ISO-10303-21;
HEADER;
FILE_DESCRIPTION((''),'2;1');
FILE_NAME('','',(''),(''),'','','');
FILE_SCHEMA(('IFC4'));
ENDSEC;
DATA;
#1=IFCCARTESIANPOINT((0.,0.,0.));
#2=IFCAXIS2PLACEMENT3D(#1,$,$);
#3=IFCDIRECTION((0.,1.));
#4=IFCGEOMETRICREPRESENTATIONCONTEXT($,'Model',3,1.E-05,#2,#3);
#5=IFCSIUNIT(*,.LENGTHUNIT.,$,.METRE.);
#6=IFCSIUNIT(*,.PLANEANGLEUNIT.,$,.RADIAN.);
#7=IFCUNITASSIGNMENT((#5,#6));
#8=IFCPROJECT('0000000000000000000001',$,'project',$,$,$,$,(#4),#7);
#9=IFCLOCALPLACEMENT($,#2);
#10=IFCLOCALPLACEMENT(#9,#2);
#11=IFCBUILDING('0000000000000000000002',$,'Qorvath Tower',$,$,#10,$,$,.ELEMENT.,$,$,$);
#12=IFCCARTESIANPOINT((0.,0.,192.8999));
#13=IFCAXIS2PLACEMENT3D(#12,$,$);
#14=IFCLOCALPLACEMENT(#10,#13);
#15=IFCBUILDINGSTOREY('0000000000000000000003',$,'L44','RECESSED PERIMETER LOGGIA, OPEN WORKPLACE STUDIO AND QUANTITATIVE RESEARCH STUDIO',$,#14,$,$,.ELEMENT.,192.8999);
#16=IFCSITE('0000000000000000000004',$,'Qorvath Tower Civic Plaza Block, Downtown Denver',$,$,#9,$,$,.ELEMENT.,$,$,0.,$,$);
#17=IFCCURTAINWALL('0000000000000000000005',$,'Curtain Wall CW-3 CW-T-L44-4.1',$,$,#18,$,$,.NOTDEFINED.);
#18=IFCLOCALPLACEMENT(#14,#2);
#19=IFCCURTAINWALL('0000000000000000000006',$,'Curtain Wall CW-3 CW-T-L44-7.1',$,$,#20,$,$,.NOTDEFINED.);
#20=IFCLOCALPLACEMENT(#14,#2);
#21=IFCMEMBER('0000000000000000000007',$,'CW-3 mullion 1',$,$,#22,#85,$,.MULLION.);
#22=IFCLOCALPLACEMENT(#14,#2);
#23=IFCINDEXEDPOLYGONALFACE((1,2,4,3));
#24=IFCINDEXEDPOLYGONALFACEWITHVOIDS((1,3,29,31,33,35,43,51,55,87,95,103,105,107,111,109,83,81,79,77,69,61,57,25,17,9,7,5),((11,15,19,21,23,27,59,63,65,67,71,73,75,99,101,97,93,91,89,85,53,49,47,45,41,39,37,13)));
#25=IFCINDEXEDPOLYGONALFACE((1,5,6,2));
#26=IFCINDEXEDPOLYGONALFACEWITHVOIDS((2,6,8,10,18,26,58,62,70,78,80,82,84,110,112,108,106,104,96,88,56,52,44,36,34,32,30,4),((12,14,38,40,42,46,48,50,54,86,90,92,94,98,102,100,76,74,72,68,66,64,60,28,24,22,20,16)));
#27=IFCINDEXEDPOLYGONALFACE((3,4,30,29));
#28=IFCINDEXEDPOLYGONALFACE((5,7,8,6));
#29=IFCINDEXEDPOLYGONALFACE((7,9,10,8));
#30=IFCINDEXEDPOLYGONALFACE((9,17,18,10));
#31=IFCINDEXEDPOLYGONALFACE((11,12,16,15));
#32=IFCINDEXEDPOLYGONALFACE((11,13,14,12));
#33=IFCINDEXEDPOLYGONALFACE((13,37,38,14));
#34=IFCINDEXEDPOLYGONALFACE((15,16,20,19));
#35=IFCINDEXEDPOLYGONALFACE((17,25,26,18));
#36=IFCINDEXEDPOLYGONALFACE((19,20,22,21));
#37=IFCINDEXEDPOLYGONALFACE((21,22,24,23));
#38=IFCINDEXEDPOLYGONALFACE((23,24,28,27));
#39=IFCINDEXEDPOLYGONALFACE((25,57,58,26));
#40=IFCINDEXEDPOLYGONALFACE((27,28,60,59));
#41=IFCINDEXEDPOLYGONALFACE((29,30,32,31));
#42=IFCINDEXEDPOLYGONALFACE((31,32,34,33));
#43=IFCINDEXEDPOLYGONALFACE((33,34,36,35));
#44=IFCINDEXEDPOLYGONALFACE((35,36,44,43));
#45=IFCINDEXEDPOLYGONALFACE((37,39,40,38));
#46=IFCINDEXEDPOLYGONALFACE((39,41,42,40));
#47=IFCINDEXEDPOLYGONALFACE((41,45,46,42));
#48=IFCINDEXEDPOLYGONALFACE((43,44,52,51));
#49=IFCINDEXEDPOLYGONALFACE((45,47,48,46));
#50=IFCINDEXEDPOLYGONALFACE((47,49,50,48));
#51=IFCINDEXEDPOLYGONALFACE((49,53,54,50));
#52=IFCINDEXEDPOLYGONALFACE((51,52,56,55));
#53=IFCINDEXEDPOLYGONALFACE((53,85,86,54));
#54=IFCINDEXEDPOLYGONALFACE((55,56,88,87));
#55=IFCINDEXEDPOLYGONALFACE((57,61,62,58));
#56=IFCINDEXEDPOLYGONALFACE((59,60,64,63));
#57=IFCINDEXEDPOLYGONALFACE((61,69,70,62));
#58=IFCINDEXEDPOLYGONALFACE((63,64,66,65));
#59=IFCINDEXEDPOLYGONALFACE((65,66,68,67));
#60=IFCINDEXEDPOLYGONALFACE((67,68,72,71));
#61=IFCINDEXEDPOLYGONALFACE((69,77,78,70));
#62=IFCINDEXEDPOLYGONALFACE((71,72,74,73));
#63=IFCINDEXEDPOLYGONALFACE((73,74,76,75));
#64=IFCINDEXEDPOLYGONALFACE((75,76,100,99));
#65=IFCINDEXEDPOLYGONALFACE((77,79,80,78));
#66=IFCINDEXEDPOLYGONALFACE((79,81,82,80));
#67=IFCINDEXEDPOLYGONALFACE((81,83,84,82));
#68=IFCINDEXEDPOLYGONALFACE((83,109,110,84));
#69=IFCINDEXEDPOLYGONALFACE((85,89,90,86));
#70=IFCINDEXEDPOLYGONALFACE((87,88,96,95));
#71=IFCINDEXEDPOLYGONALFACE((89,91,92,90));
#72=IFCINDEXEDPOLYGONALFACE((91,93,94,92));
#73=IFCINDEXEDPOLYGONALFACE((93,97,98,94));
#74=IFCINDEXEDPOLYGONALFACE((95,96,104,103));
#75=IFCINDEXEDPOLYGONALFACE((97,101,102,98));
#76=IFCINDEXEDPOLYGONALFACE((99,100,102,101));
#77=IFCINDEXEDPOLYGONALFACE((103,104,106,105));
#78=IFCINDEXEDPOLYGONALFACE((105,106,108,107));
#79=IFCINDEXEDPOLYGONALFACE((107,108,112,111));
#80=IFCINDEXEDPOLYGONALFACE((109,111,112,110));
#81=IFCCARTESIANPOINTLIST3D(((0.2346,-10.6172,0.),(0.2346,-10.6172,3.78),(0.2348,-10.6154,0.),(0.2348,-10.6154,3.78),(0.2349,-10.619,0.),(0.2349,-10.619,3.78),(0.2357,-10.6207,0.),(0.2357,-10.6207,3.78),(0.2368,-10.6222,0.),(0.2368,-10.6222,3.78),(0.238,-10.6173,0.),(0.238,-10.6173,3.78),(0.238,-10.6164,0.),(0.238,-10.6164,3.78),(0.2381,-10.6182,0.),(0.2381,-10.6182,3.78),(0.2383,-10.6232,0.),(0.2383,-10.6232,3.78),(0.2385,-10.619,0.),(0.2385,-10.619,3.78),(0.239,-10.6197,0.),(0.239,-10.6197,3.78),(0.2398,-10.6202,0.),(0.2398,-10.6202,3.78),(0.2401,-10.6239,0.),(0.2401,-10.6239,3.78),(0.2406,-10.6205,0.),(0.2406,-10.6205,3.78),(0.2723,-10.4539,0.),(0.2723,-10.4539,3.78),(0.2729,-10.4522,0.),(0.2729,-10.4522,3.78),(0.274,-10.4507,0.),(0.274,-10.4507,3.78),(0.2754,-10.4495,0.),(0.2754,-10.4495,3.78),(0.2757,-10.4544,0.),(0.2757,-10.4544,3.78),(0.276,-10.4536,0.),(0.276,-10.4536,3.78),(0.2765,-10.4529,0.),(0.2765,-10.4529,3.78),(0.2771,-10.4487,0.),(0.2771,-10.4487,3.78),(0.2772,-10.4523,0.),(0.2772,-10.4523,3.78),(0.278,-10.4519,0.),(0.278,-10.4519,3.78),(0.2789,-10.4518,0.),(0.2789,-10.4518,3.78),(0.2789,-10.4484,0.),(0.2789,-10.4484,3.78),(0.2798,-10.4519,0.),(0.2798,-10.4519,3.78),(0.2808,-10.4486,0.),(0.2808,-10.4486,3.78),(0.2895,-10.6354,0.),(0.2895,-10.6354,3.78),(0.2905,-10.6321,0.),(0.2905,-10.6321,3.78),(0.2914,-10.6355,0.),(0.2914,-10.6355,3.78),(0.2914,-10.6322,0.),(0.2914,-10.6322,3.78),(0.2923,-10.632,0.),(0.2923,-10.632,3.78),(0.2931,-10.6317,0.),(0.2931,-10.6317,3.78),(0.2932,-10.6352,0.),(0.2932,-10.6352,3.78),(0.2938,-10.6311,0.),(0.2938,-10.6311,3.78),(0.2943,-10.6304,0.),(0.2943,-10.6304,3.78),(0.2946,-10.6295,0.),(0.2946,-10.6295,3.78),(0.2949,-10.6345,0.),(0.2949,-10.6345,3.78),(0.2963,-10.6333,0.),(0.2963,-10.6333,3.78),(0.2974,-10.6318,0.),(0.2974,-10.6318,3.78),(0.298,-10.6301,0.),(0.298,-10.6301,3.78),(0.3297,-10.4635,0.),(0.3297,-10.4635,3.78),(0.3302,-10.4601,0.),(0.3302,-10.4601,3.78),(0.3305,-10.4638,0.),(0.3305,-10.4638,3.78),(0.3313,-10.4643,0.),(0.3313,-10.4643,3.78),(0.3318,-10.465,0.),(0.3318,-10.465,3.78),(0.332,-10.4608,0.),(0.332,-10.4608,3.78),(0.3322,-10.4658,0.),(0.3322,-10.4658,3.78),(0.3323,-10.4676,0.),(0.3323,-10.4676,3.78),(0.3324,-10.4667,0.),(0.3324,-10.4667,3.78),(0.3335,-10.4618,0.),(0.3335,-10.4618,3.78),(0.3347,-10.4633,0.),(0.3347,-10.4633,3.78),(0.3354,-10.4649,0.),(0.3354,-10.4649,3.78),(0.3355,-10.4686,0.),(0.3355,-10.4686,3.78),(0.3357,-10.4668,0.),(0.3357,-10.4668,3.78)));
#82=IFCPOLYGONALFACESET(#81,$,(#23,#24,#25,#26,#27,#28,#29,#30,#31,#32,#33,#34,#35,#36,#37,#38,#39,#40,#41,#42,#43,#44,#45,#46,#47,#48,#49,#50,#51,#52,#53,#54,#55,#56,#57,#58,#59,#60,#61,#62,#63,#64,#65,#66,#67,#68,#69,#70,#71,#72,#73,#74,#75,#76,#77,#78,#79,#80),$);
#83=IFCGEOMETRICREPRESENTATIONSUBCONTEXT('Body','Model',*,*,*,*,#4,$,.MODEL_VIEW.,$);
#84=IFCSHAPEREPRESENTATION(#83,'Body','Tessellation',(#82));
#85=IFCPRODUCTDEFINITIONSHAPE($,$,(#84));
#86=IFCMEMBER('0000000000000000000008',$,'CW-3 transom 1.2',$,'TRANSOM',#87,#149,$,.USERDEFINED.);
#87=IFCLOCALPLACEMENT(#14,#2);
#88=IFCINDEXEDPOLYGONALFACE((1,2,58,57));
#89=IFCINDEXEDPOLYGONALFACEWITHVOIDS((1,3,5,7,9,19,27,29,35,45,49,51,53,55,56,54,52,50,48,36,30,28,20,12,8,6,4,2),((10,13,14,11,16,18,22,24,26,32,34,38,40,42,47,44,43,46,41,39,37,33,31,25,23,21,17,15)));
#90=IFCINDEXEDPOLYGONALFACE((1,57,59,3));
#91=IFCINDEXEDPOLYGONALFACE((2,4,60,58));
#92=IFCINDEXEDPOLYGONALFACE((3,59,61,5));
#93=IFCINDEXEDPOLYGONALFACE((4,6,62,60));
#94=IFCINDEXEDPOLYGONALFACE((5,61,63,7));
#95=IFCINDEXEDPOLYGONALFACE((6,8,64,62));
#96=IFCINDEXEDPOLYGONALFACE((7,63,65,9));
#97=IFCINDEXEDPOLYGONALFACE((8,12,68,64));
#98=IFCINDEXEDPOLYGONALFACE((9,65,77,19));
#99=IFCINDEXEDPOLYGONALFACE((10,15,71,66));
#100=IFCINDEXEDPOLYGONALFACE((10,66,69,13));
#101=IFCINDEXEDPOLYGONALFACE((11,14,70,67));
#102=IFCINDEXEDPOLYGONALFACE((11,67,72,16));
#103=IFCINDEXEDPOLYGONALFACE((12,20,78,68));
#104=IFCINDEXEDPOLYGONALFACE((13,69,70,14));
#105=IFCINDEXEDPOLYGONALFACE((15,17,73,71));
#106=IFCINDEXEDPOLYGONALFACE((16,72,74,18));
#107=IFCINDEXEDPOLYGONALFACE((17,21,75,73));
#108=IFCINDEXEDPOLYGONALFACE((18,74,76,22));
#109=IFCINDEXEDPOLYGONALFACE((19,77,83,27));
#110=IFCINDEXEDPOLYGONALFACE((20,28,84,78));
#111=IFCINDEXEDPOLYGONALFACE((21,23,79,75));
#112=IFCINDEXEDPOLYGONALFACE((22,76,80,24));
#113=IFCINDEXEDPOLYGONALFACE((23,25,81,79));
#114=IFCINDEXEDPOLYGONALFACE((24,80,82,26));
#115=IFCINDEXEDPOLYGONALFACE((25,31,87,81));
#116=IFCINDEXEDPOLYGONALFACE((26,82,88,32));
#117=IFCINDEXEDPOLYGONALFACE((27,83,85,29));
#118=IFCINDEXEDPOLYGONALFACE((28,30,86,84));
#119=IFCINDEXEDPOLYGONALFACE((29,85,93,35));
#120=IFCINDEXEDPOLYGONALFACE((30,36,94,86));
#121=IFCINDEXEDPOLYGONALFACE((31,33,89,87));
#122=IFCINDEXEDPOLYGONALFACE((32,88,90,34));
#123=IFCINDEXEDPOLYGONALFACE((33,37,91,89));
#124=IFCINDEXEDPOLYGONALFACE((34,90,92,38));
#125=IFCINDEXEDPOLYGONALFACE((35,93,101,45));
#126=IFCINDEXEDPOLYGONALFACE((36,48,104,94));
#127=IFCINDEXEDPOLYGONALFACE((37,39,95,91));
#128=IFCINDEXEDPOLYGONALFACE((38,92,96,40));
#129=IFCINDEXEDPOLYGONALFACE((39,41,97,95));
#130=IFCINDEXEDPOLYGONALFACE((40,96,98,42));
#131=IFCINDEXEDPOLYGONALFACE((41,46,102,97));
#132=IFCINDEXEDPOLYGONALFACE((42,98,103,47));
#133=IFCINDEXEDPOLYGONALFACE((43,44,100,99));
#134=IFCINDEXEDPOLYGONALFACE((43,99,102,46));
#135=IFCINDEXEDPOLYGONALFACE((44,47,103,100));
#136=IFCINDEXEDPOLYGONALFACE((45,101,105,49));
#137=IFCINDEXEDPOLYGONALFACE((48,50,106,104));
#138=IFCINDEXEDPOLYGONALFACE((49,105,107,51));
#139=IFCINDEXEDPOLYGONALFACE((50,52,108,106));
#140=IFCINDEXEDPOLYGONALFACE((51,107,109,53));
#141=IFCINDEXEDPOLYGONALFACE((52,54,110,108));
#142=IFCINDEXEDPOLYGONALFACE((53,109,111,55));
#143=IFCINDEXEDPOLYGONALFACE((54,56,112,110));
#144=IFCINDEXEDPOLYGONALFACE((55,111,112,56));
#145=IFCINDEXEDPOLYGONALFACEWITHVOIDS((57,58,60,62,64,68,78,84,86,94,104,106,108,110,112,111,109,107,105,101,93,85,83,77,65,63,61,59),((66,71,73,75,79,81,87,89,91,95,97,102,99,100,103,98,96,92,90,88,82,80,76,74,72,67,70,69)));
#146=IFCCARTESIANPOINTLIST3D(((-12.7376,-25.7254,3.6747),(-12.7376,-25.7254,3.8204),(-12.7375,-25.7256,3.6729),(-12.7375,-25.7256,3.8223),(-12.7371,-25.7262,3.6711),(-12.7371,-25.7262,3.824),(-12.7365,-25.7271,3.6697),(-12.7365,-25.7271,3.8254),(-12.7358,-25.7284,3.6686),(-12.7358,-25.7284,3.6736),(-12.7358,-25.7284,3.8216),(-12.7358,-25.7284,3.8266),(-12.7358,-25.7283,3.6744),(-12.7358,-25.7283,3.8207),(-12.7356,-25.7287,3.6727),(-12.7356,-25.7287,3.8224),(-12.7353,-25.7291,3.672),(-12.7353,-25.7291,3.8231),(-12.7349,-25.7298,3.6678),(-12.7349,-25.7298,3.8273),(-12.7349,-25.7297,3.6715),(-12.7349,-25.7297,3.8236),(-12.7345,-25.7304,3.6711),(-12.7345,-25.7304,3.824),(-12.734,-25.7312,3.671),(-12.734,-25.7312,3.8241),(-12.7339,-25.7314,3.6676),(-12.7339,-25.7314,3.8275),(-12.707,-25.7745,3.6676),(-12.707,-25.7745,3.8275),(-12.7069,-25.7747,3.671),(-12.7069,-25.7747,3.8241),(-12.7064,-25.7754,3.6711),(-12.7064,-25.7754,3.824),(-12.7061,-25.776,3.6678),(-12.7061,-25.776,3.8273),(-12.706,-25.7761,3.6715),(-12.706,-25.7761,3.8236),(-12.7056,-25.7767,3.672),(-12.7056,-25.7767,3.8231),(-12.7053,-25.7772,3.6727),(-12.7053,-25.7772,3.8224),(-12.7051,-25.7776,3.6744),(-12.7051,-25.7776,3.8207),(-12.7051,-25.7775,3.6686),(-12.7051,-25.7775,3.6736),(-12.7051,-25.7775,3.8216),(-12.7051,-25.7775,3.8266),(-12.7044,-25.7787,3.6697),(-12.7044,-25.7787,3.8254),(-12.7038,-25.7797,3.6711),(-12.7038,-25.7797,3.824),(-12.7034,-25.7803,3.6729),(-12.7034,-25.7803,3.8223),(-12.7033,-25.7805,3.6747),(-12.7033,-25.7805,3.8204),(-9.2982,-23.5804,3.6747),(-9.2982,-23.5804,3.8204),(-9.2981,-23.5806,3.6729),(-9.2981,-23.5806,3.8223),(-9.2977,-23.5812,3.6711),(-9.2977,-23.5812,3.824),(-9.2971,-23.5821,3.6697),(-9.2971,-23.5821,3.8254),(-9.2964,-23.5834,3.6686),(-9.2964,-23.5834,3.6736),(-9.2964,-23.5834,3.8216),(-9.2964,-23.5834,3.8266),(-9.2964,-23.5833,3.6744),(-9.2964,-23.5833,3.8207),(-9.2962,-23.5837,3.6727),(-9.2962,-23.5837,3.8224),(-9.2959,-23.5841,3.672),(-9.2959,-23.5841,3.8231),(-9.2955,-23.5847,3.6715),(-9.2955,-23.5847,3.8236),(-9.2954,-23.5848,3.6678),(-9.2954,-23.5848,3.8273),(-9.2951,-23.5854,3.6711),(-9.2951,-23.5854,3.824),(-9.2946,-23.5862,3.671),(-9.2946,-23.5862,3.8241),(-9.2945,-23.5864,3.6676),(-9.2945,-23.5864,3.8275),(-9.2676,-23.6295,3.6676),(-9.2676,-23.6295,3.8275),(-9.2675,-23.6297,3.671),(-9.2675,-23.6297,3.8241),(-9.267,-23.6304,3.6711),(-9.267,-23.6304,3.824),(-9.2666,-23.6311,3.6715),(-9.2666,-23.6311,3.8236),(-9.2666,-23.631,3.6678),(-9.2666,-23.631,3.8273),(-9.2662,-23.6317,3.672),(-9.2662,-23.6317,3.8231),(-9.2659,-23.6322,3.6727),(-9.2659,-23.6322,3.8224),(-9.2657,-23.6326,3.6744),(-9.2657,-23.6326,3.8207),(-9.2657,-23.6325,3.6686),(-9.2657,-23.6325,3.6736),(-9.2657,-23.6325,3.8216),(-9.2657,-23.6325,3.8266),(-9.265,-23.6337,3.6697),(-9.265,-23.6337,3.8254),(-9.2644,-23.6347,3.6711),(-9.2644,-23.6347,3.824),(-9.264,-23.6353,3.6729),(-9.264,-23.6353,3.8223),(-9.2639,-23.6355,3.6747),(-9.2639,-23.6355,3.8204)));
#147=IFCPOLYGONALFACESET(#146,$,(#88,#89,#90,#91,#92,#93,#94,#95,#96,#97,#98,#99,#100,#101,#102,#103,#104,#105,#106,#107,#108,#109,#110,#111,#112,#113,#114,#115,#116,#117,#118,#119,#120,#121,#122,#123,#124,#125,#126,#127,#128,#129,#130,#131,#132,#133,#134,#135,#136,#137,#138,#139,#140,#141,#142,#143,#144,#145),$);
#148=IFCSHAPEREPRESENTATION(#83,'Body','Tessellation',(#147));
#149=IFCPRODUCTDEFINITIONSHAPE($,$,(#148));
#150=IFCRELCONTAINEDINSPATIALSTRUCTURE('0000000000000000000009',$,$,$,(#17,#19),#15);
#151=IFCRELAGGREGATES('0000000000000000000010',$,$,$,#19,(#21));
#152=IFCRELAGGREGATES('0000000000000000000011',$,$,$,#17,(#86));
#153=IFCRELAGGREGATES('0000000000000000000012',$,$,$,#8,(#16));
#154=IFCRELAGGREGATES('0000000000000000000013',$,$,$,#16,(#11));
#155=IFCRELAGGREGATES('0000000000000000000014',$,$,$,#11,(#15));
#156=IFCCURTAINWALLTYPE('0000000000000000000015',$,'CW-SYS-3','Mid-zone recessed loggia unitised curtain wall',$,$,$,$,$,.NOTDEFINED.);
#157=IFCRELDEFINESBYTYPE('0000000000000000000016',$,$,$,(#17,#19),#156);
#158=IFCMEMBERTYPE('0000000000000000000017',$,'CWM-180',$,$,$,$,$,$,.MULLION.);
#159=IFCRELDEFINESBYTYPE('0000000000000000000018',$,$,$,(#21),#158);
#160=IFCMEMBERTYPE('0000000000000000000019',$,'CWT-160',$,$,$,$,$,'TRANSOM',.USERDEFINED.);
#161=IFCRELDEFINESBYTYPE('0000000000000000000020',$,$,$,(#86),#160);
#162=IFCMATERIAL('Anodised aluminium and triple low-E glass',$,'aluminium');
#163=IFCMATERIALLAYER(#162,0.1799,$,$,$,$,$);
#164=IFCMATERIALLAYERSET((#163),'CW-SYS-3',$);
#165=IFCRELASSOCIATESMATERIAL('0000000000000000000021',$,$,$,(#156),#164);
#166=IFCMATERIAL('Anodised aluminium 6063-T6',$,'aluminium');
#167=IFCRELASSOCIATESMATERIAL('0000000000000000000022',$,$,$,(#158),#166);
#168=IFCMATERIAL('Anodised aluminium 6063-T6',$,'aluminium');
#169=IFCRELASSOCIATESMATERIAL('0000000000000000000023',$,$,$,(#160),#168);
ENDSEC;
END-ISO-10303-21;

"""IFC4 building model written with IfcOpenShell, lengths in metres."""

from ifc_helpers import new_model, si_unit, direction, frame, origin, origin_2d, place, context, subcontext, project, spatial, hollow_rectangle, extrude, material, layer, layer_set, material_profile, profile_set, type_object, element, aggregate, save


model = new_model("IFC4")

# Units and contexts
model_context = context("Model", 3, precision=1e-05, world=origin(), true_north=direction((0.0, 1.0)))
body_context = subcontext(model_context, "Body", "Model", "MODEL_VIEW")
ifc_project = project(units=[si_unit("LENGTHUNIT", "METRE"), si_unit("PLANEANGLEUNIT", "RADIAN")], contexts=[model_context])

# Site, building, storey
site_placement = place(None, origin())
site = spatial("IfcSite", under=ifc_project, at=site_placement, Name="Qorvath Tower Civic Plaza Block, Downtown Denver", CompositionType="ELEMENT", RefElevation=0.0)
building_placement = place(site_placement, origin())
building = spatial("IfcBuilding", under=site, at=building_placement, Name="Qorvath Tower", CompositionType="ELEMENT")
storey_placement = place(building_placement, frame((0.0, 0.0, 192.8999)))
storey = spatial("IfcBuildingStorey", under=building, at=storey_placement, Name="L44", Description="RECESSED PERIMETER LOGGIA, OPEN WORKPLACE STUDIO AND QUANTITATIVE RESEARCH STUDIO", CompositionType="ELEMENT", Elevation=192.8999)

# Curtain wall
ifc_material_1 = material(Name="Anodised aluminium and triple low-E glass", Category="aluminium")
ifc_layer_1 = layer(ifc_material_1, 0.1799)
ifc_layer_set_1 = layer_set([ifc_layer_1], Name="CW-SYS-3")
curtain_wall_type = type_object("IfcCurtainWallType", Name="CW-SYS-3", Description="Mid-zone recessed loggia unitised curtain wall", PredefinedType="NOTDEFINED", material=ifc_layer_set_1)
curtain_wall_1_placement = place(storey_placement, origin())
curtain_wall_1 = element("IfcCurtainWall", 1, at=curtain_wall_1_placement, inside=storey, type_object=curtain_wall_type, Name="Curtain Wall CW-3 CW-T-L44-4.1", PredefinedType="NOTDEFINED")
ifc_material_2 = material(Name="Anodised aluminium 6063-T6", Category="aluminium")
ifc_material_profile_1 = material_profile(ifc_material_2, hollow_rectangle(XDim=0.0649, YDim=0.1799, WallThickness=0.0034, InnerFilletRadius=0.0034, OuterFilletRadius=0.0071, at=origin_2d()), Name="CWM 180x65")
ifc_profile_set_1 = profile_set([ifc_material_profile_1], Name="Anodised aluminium 6063-T6")
member_type_1 = type_object("IfcMemberType", Name="CWM-180", PredefinedType="MULLION", material=ifc_profile_set_1)

# Curtain wall, member
curtain_wall_2_placement = place(storey_placement, origin())
curtain_wall_2 = element("IfcCurtainWall", 2, at=curtain_wall_2_placement, inside=storey, type_object=curtain_wall_type, Name="Curtain Wall CW-3 CW-T-L44-7.1", PredefinedType="NOTDEFINED")
member_1_placement = place(storey_placement, frame((0.2852, -10.542, 0.0), z_axis=(0.0, 0.0, 1.0), x_axis=(-0.974064, 0.226272, 0.0)))
member_1 = element("IfcMember", 3, at=member_1_placement, type_object=member_type_1, Name="CW-3 mullion 1", PredefinedType="MULLION", context=body_context, shape_type="SweptSolid", body=[
    extrude(hollow_rectangle(XDim=0.0649, YDim=0.1799, WallThickness=0.0034, InnerFilletRadius=0.0034, OuterFilletRadius=0.0071, at=origin_2d()), origin(), (0.0, 0.0, 1.0), 3.78),
])

# Member
ifc_material_3 = material(Name="Anodised aluminium 6063-T6", Category="aluminium")
ifc_material_profile_2 = material_profile(ifc_material_3, hollow_rectangle(XDim=0.0649, YDim=0.1599, WallThickness=0.0034, InnerFilletRadius=0.0034, OuterFilletRadius=0.0071, at=origin_2d()), Name="CWT 160x65")
ifc_profile_set_2 = profile_set([ifc_material_profile_2], Name="Anodised aluminium 6063-T6")
member_type_2 = type_object("IfcMemberType", Name="CWT-160", ElementType="TRANSOM", PredefinedType="USERDEFINED", material=ifc_profile_set_2)
member_2_placement = place(storey_placement, frame((-12.7205, -25.7529, 3.7476), z_axis=(0.848512, 0.529176, 0.0), x_axis=(-0.529176, 0.848512, 0.0)))
member_2 = element("IfcMember", 4, at=member_2_placement, type_object=member_type_2, Name="CW-3 transom 1.2", ObjectType="TRANSOM", PredefinedType="USERDEFINED", context=body_context, shape_type="SweptSolid", body=[
    extrude(hollow_rectangle(XDim=0.0649, YDim=0.1599, WallThickness=0.0034, InnerFilletRadius=0.0034, OuterFilletRadius=0.0071, at=origin_2d()), origin(), (0.0, 0.0, 1.0), 4.0535),
])
aggregate(curtain_wall_2, [member_1])

aggregate(curtain_wall_1, [member_2])

save(model, "model.ifc")
